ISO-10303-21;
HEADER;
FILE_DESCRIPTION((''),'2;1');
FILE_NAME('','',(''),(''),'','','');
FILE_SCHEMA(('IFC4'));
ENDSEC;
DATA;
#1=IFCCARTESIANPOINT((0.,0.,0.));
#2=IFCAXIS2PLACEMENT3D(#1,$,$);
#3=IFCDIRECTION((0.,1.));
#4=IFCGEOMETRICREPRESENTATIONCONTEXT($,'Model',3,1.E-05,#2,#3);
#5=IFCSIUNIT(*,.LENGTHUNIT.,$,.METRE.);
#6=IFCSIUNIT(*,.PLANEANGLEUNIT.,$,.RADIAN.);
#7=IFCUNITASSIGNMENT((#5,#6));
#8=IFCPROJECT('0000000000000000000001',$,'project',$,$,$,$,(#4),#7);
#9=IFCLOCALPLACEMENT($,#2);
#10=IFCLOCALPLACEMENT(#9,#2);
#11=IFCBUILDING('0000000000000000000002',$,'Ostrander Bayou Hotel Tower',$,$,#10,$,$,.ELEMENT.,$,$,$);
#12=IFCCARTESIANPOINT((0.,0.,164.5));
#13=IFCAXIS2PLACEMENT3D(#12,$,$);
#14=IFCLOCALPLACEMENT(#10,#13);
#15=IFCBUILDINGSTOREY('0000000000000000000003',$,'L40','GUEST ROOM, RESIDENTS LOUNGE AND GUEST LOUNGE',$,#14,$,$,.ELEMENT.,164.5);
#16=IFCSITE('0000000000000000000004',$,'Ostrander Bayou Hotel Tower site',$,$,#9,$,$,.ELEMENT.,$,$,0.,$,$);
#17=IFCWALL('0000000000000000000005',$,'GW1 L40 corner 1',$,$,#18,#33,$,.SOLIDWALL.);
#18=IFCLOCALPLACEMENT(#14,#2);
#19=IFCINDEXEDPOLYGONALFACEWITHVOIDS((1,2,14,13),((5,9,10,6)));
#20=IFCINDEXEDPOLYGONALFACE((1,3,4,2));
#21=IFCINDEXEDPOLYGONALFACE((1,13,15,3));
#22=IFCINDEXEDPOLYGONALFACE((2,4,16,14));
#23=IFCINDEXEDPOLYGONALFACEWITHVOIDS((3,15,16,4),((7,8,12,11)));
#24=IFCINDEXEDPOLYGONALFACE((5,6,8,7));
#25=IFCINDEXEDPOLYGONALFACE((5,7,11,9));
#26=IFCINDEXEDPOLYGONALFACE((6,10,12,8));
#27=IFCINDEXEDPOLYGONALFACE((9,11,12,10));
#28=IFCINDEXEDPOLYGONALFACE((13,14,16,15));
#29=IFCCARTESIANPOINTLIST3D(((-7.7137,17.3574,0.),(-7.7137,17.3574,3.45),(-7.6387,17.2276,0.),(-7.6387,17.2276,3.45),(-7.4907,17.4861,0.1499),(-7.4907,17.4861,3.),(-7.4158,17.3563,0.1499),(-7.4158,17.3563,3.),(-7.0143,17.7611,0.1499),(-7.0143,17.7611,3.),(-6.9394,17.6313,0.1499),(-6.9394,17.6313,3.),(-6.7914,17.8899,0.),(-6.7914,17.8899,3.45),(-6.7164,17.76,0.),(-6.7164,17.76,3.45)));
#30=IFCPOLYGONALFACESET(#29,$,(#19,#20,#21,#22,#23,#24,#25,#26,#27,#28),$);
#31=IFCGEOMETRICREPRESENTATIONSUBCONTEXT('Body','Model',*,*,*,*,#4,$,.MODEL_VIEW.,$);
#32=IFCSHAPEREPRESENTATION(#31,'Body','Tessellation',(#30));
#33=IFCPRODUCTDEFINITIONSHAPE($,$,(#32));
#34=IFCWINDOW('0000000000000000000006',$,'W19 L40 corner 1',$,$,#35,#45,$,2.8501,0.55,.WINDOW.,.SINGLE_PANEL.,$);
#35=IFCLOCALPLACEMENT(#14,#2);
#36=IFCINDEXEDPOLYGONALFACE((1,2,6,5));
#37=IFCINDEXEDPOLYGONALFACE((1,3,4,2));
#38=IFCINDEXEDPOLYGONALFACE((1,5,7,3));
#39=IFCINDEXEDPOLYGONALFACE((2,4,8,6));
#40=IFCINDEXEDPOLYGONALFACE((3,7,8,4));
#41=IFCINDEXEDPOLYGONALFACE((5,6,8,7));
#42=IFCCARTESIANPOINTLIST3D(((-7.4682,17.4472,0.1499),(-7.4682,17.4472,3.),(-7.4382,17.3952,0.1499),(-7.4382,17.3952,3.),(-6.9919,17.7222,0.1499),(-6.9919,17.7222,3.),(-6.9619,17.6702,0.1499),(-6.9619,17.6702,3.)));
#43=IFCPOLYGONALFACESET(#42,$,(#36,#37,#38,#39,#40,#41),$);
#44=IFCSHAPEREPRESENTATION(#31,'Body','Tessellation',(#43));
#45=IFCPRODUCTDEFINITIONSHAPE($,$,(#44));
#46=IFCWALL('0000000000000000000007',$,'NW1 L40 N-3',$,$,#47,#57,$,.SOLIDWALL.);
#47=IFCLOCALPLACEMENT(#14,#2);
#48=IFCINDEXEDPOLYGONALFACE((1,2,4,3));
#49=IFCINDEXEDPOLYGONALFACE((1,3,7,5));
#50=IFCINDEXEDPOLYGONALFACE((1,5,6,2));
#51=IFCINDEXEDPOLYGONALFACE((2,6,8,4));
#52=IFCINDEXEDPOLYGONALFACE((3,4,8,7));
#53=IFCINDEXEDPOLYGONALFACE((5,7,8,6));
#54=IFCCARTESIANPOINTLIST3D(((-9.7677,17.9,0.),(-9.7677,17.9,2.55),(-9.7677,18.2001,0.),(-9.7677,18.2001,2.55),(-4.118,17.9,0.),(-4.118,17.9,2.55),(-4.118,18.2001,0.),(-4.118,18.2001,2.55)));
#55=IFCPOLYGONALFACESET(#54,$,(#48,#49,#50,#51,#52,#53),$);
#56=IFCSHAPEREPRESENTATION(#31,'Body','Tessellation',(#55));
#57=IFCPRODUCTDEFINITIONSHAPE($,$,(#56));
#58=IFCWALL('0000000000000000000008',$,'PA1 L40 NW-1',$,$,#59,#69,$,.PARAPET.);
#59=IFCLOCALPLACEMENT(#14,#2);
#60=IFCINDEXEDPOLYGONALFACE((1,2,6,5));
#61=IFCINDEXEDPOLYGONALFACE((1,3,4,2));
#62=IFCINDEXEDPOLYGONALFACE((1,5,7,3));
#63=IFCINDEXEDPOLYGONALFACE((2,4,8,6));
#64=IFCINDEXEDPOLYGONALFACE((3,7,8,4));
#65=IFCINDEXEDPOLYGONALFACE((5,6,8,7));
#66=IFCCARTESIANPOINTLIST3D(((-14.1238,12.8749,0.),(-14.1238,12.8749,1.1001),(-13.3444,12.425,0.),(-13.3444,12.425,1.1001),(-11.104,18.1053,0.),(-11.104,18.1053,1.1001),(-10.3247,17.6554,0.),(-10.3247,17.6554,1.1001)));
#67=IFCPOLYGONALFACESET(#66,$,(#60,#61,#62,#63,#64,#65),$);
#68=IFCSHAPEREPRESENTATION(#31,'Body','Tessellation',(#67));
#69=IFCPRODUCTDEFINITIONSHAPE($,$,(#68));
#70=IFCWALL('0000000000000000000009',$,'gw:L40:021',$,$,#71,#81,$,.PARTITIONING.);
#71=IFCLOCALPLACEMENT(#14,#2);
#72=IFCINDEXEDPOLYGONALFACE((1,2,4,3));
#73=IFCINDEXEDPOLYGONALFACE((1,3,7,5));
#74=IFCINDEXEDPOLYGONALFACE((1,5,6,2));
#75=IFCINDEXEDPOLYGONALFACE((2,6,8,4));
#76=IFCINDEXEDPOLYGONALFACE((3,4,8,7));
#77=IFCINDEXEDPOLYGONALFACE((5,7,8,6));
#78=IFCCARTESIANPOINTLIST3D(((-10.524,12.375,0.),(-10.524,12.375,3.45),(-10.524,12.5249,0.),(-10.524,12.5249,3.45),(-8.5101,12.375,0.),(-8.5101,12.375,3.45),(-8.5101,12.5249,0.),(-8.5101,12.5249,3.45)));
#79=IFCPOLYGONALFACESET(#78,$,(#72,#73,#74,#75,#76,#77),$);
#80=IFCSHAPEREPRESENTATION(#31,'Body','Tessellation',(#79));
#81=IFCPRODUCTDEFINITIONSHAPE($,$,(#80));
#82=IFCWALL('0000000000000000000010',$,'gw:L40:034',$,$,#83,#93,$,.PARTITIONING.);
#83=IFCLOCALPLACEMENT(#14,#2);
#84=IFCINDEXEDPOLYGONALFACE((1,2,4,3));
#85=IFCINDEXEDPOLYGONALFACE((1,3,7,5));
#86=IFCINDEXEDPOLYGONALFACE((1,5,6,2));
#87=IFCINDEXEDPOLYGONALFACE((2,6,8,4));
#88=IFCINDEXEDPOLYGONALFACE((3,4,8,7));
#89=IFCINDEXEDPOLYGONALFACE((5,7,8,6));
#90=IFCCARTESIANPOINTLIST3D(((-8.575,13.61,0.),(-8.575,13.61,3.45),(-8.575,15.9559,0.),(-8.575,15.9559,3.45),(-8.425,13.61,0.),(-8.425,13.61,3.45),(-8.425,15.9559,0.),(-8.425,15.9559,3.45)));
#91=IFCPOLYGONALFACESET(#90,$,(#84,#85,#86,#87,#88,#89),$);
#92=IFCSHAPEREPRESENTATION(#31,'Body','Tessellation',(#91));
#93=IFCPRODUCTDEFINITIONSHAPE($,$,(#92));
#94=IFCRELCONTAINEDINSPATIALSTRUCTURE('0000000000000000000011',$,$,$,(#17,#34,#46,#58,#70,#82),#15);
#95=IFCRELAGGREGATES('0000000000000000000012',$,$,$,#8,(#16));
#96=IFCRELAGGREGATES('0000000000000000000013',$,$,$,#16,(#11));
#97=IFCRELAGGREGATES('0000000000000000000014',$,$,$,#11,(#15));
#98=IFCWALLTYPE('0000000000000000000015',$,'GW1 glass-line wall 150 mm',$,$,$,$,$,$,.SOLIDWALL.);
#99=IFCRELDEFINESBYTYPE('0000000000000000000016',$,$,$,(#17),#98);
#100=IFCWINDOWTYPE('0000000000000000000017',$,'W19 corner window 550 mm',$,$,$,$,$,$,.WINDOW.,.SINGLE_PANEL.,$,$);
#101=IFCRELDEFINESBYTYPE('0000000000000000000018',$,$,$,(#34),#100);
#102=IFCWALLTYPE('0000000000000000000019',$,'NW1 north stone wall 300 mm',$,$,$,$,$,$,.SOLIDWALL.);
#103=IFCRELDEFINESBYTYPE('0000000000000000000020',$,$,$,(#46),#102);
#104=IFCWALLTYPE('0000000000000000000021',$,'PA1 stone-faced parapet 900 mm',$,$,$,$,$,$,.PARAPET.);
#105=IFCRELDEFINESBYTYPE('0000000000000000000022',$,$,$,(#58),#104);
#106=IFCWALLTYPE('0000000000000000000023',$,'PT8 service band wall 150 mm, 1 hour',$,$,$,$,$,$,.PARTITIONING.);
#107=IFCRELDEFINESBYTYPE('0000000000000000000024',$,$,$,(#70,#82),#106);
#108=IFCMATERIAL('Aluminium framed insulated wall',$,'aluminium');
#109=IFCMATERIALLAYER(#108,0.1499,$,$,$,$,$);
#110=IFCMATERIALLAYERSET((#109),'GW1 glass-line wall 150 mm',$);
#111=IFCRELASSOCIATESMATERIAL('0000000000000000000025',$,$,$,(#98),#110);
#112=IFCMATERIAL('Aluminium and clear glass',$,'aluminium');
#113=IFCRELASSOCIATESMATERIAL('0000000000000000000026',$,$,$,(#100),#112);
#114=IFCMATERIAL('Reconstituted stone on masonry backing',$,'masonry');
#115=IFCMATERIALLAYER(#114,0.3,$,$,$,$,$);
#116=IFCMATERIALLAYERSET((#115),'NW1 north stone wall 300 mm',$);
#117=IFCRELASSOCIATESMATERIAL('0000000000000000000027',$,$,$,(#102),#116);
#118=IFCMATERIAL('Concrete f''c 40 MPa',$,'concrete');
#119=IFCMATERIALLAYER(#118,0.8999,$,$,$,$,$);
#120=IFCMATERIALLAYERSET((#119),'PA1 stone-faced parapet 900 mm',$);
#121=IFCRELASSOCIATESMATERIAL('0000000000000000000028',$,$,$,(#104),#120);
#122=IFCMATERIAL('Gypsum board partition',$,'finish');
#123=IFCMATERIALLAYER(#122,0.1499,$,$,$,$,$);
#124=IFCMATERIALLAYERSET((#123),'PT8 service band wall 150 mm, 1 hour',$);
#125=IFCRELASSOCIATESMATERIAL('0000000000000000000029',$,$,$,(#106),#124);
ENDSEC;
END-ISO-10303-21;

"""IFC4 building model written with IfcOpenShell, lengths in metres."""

from ifc_helpers import new_model, si_unit, direction, frame, frame_2d, origin, place, context, subcontext, project, spatial, rectangle, extrude, material, layer, layer_set, type_object, element, fill, save


model = new_model("IFC4")

# Units and contexts
model_context = context("Model", 3, precision=1e-05, world=origin(), true_north=direction((0.0, 1.0)))
body_context = subcontext(model_context, "Body", "Model", "MODEL_VIEW")
ifc_project = project(units=[si_unit("LENGTHUNIT", "METRE"), si_unit("PLANEANGLEUNIT", "RADIAN")], contexts=[model_context])

# Site, building, storey
site_placement = place(None, origin())
site = spatial("IfcSite", under=ifc_project, at=site_placement, Name="Ostrander Bayou Hotel Tower site", CompositionType="ELEMENT", RefElevation=0.0)
building_placement = place(site_placement, origin())
building = spatial("IfcBuilding", under=site, at=building_placement, Name="Ostrander Bayou Hotel Tower", CompositionType="ELEMENT")
storey_placement = place(building_placement, frame((0.0, 0.0, 164.5)))
storey = spatial("IfcBuildingStorey", under=building, at=storey_placement, Name="L40", Description="GUEST ROOM, RESIDENTS LOUNGE AND GUEST LOUNGE", CompositionType="ELEMENT", Elevation=164.5)

# Shared definitions
ifc_material_1 = material(Name="Aluminium framed insulated wall", Category="aluminium")
ifc_layer_1 = layer(ifc_material_1, 0.1499)
ifc_layer_set_1 = layer_set([ifc_layer_1], Name="GW1 glass-line wall 150 mm")
wall_type_1 = type_object("IfcWallType", Name="GW1 glass-line wall 150 mm", PredefinedType="SOLIDWALL", material=ifc_layer_set_1)

# Wall, opening, window
wall_1_placement = place(storey_placement, frame((-6.7539, 17.825, 0.0), z_axis=(0.0, 0.0, 1.0), x_axis=(-0.866048, -0.499961, 0.0)))
wall_1 = element("IfcWall", 1, at=wall_1_placement, inside=storey, type_object=wall_type_1, Name="GW1 L40 corner 1", PredefinedType="SOLIDWALL", context=body_context, shape_type="SweptSolid", body=[
    extrude(rectangle(XDim=1.0649, YDim=0.1499, at=frame_2d((0.5325, 0.0))), origin(), (0.0, 0.0, 1.0), 3.45),
])
opening_1_placement = place(wall_1_placement, frame((0.2576, 0.0, 0.1499)))
opening_1 = element("IfcOpeningElement", 2, at=opening_1_placement, cuts=wall_1, PredefinedType="OPENING", context=body_context, shape_type="SweptSolid", body=[
    extrude(rectangle(XDim=0.55, YDim=2.8501, at=frame_2d((0.2749, 1.425))), frame((0.0, 0.075, 0.0), z_axis=(0.0, -1.0, 0.0), x_axis=(1.0, 0.0, 0.0)), (0.0, 0.0, 1.0), 0.1499),
])
ifc_material_2 = material(Name="Aluminium and clear glass", Category="aluminium")
window_type_1 = type_object("IfcWindowType", Name="W19 corner window 550 mm", PartitioningType="SINGLE_PANEL", PredefinedType="WINDOW", material=ifc_material_2)
window_1_placement = place(opening_1_placement, origin())
window_1 = element("IfcWindow", 3, at=window_1_placement, inside=storey, type_object=window_type_1, Name="W19 L40 corner 1", OverallHeight=2.8501, OverallWidth=0.55, PartitioningType="SINGLE_PANEL", PredefinedType="WINDOW", context=body_context, shape_type="SweptSolid", body=[
    extrude(rectangle(XDim=0.55, YDim=2.8501, at=frame_2d((0.2749, 1.425))), frame((0.0, 0.03, 0.0), z_axis=(0.0, -1.0, 0.0), x_axis=(1.0, 0.0, 0.0)), (0.0, 0.0, 1.0), 0.0601),
])
fill(opening_1, window_1)

# Walls
ifc_material_3 = material(Name="Reconstituted stone on masonry backing", Category="masonry")
ifc_layer_2 = layer(ifc_material_3, 0.3)
ifc_layer_set_2 = layer_set([ifc_layer_2], Name="NW1 north stone wall 300 mm")
wall_type_2 = type_object("IfcWallType", Name="NW1 north stone wall 300 mm", PredefinedType="SOLIDWALL", material=ifc_layer_set_2)
wall_2_placement = place(storey_placement, frame((-4.1182, 18.05, 0.0), z_axis=(0.0, 0.0, 1.0), x_axis=(-1.0, 0.0, 0.0)))
element("IfcWall", 4, at=wall_2_placement, inside=storey, type_object=wall_type_2, Name="NW1 L40 N-3", PredefinedType="SOLIDWALL", context=body_context, shape_type="SweptSolid", body=[
    extrude(rectangle(XDim=5.6497, YDim=0.3, at=frame_2d((2.8247, 0.0))), origin(), (0.0, 0.0, 1.0), 2.55),
])
ifc_material_4 = material(Name="Concrete f'c 40 MPa", Category="concrete")
ifc_layer_3 = layer(ifc_material_4, 0.8999)
ifc_layer_set_3 = layer_set([ifc_layer_3], Name="PA1 stone-faced parapet 900 mm")
wall_type_3 = type_object("IfcWallType", Name="PA1 stone-faced parapet 900 mm", PredefinedType="PARAPET", material=ifc_layer_set_3)
wall_3_placement = place(storey_placement, frame((-10.7144, 17.8804, 0.0), z_axis=(0.0, 0.0, 1.0), x_axis=(-0.499995, -0.866028, 0.0)))
element("IfcWall", 5, at=wall_3_placement, inside=storey, type_object=wall_type_3, Name="PA1 L40 NW-1", PredefinedType="PARAPET", context=body_context, shape_type="SweptSolid", body=[
    extrude(rectangle(XDim=6.0396, YDim=0.8999, at=frame_2d((3.0198, 0.0))), origin(), (0.0, 0.0, 1.0), 1.1001),
])

# Walls
ifc_material_5 = material(Name="Gypsum board partition", Category="finish")
ifc_layer_4 = layer(ifc_material_5, 0.1499)
ifc_layer_set_4 = layer_set([ifc_layer_4], Name="PT8 service band wall 150 mm, 1 hour")
wall_type_4 = type_object("IfcWallType", Name="PT8 service band wall 150 mm, 1 hour", PredefinedType="PARTITIONING", material=ifc_layer_set_4)
wall_4_placement = place(storey_placement, frame((-10.5239, 12.45, 0.0), z_axis=(0.0, 0.0, 1.0), x_axis=(1.0, 0.0, 0.0)))
element("IfcWall", 6, at=wall_4_placement, inside=storey, type_object=wall_type_4, Name="gw:L40:021", PredefinedType="PARTITIONING", context=body_context, shape_type="SweptSolid", body=[
    extrude(rectangle(XDim=2.0139, YDim=0.1499, at=frame_2d((1.0068, 0.0))), origin(), (0.0, 0.0, 1.0), 3.45),
])
wall_5_placement = place(storey_placement, frame((-8.5, 13.6101, 0.0), z_axis=(0.0, 0.0, 1.0), x_axis=(0.0, 1.0, 0.0)))
element("IfcWall", 7, at=wall_5_placement, inside=storey, type_object=wall_type_4, Name="gw:L40:034", PredefinedType="PARTITIONING", context=body_context, shape_type="SweptSolid", body=[
    extrude(rectangle(XDim=2.3459, YDim=0.1499, at=frame_2d((1.1729, 0.0))), origin(), (0.0, 0.0, 1.0), 3.45),
])

save(model, "model.ifc")
